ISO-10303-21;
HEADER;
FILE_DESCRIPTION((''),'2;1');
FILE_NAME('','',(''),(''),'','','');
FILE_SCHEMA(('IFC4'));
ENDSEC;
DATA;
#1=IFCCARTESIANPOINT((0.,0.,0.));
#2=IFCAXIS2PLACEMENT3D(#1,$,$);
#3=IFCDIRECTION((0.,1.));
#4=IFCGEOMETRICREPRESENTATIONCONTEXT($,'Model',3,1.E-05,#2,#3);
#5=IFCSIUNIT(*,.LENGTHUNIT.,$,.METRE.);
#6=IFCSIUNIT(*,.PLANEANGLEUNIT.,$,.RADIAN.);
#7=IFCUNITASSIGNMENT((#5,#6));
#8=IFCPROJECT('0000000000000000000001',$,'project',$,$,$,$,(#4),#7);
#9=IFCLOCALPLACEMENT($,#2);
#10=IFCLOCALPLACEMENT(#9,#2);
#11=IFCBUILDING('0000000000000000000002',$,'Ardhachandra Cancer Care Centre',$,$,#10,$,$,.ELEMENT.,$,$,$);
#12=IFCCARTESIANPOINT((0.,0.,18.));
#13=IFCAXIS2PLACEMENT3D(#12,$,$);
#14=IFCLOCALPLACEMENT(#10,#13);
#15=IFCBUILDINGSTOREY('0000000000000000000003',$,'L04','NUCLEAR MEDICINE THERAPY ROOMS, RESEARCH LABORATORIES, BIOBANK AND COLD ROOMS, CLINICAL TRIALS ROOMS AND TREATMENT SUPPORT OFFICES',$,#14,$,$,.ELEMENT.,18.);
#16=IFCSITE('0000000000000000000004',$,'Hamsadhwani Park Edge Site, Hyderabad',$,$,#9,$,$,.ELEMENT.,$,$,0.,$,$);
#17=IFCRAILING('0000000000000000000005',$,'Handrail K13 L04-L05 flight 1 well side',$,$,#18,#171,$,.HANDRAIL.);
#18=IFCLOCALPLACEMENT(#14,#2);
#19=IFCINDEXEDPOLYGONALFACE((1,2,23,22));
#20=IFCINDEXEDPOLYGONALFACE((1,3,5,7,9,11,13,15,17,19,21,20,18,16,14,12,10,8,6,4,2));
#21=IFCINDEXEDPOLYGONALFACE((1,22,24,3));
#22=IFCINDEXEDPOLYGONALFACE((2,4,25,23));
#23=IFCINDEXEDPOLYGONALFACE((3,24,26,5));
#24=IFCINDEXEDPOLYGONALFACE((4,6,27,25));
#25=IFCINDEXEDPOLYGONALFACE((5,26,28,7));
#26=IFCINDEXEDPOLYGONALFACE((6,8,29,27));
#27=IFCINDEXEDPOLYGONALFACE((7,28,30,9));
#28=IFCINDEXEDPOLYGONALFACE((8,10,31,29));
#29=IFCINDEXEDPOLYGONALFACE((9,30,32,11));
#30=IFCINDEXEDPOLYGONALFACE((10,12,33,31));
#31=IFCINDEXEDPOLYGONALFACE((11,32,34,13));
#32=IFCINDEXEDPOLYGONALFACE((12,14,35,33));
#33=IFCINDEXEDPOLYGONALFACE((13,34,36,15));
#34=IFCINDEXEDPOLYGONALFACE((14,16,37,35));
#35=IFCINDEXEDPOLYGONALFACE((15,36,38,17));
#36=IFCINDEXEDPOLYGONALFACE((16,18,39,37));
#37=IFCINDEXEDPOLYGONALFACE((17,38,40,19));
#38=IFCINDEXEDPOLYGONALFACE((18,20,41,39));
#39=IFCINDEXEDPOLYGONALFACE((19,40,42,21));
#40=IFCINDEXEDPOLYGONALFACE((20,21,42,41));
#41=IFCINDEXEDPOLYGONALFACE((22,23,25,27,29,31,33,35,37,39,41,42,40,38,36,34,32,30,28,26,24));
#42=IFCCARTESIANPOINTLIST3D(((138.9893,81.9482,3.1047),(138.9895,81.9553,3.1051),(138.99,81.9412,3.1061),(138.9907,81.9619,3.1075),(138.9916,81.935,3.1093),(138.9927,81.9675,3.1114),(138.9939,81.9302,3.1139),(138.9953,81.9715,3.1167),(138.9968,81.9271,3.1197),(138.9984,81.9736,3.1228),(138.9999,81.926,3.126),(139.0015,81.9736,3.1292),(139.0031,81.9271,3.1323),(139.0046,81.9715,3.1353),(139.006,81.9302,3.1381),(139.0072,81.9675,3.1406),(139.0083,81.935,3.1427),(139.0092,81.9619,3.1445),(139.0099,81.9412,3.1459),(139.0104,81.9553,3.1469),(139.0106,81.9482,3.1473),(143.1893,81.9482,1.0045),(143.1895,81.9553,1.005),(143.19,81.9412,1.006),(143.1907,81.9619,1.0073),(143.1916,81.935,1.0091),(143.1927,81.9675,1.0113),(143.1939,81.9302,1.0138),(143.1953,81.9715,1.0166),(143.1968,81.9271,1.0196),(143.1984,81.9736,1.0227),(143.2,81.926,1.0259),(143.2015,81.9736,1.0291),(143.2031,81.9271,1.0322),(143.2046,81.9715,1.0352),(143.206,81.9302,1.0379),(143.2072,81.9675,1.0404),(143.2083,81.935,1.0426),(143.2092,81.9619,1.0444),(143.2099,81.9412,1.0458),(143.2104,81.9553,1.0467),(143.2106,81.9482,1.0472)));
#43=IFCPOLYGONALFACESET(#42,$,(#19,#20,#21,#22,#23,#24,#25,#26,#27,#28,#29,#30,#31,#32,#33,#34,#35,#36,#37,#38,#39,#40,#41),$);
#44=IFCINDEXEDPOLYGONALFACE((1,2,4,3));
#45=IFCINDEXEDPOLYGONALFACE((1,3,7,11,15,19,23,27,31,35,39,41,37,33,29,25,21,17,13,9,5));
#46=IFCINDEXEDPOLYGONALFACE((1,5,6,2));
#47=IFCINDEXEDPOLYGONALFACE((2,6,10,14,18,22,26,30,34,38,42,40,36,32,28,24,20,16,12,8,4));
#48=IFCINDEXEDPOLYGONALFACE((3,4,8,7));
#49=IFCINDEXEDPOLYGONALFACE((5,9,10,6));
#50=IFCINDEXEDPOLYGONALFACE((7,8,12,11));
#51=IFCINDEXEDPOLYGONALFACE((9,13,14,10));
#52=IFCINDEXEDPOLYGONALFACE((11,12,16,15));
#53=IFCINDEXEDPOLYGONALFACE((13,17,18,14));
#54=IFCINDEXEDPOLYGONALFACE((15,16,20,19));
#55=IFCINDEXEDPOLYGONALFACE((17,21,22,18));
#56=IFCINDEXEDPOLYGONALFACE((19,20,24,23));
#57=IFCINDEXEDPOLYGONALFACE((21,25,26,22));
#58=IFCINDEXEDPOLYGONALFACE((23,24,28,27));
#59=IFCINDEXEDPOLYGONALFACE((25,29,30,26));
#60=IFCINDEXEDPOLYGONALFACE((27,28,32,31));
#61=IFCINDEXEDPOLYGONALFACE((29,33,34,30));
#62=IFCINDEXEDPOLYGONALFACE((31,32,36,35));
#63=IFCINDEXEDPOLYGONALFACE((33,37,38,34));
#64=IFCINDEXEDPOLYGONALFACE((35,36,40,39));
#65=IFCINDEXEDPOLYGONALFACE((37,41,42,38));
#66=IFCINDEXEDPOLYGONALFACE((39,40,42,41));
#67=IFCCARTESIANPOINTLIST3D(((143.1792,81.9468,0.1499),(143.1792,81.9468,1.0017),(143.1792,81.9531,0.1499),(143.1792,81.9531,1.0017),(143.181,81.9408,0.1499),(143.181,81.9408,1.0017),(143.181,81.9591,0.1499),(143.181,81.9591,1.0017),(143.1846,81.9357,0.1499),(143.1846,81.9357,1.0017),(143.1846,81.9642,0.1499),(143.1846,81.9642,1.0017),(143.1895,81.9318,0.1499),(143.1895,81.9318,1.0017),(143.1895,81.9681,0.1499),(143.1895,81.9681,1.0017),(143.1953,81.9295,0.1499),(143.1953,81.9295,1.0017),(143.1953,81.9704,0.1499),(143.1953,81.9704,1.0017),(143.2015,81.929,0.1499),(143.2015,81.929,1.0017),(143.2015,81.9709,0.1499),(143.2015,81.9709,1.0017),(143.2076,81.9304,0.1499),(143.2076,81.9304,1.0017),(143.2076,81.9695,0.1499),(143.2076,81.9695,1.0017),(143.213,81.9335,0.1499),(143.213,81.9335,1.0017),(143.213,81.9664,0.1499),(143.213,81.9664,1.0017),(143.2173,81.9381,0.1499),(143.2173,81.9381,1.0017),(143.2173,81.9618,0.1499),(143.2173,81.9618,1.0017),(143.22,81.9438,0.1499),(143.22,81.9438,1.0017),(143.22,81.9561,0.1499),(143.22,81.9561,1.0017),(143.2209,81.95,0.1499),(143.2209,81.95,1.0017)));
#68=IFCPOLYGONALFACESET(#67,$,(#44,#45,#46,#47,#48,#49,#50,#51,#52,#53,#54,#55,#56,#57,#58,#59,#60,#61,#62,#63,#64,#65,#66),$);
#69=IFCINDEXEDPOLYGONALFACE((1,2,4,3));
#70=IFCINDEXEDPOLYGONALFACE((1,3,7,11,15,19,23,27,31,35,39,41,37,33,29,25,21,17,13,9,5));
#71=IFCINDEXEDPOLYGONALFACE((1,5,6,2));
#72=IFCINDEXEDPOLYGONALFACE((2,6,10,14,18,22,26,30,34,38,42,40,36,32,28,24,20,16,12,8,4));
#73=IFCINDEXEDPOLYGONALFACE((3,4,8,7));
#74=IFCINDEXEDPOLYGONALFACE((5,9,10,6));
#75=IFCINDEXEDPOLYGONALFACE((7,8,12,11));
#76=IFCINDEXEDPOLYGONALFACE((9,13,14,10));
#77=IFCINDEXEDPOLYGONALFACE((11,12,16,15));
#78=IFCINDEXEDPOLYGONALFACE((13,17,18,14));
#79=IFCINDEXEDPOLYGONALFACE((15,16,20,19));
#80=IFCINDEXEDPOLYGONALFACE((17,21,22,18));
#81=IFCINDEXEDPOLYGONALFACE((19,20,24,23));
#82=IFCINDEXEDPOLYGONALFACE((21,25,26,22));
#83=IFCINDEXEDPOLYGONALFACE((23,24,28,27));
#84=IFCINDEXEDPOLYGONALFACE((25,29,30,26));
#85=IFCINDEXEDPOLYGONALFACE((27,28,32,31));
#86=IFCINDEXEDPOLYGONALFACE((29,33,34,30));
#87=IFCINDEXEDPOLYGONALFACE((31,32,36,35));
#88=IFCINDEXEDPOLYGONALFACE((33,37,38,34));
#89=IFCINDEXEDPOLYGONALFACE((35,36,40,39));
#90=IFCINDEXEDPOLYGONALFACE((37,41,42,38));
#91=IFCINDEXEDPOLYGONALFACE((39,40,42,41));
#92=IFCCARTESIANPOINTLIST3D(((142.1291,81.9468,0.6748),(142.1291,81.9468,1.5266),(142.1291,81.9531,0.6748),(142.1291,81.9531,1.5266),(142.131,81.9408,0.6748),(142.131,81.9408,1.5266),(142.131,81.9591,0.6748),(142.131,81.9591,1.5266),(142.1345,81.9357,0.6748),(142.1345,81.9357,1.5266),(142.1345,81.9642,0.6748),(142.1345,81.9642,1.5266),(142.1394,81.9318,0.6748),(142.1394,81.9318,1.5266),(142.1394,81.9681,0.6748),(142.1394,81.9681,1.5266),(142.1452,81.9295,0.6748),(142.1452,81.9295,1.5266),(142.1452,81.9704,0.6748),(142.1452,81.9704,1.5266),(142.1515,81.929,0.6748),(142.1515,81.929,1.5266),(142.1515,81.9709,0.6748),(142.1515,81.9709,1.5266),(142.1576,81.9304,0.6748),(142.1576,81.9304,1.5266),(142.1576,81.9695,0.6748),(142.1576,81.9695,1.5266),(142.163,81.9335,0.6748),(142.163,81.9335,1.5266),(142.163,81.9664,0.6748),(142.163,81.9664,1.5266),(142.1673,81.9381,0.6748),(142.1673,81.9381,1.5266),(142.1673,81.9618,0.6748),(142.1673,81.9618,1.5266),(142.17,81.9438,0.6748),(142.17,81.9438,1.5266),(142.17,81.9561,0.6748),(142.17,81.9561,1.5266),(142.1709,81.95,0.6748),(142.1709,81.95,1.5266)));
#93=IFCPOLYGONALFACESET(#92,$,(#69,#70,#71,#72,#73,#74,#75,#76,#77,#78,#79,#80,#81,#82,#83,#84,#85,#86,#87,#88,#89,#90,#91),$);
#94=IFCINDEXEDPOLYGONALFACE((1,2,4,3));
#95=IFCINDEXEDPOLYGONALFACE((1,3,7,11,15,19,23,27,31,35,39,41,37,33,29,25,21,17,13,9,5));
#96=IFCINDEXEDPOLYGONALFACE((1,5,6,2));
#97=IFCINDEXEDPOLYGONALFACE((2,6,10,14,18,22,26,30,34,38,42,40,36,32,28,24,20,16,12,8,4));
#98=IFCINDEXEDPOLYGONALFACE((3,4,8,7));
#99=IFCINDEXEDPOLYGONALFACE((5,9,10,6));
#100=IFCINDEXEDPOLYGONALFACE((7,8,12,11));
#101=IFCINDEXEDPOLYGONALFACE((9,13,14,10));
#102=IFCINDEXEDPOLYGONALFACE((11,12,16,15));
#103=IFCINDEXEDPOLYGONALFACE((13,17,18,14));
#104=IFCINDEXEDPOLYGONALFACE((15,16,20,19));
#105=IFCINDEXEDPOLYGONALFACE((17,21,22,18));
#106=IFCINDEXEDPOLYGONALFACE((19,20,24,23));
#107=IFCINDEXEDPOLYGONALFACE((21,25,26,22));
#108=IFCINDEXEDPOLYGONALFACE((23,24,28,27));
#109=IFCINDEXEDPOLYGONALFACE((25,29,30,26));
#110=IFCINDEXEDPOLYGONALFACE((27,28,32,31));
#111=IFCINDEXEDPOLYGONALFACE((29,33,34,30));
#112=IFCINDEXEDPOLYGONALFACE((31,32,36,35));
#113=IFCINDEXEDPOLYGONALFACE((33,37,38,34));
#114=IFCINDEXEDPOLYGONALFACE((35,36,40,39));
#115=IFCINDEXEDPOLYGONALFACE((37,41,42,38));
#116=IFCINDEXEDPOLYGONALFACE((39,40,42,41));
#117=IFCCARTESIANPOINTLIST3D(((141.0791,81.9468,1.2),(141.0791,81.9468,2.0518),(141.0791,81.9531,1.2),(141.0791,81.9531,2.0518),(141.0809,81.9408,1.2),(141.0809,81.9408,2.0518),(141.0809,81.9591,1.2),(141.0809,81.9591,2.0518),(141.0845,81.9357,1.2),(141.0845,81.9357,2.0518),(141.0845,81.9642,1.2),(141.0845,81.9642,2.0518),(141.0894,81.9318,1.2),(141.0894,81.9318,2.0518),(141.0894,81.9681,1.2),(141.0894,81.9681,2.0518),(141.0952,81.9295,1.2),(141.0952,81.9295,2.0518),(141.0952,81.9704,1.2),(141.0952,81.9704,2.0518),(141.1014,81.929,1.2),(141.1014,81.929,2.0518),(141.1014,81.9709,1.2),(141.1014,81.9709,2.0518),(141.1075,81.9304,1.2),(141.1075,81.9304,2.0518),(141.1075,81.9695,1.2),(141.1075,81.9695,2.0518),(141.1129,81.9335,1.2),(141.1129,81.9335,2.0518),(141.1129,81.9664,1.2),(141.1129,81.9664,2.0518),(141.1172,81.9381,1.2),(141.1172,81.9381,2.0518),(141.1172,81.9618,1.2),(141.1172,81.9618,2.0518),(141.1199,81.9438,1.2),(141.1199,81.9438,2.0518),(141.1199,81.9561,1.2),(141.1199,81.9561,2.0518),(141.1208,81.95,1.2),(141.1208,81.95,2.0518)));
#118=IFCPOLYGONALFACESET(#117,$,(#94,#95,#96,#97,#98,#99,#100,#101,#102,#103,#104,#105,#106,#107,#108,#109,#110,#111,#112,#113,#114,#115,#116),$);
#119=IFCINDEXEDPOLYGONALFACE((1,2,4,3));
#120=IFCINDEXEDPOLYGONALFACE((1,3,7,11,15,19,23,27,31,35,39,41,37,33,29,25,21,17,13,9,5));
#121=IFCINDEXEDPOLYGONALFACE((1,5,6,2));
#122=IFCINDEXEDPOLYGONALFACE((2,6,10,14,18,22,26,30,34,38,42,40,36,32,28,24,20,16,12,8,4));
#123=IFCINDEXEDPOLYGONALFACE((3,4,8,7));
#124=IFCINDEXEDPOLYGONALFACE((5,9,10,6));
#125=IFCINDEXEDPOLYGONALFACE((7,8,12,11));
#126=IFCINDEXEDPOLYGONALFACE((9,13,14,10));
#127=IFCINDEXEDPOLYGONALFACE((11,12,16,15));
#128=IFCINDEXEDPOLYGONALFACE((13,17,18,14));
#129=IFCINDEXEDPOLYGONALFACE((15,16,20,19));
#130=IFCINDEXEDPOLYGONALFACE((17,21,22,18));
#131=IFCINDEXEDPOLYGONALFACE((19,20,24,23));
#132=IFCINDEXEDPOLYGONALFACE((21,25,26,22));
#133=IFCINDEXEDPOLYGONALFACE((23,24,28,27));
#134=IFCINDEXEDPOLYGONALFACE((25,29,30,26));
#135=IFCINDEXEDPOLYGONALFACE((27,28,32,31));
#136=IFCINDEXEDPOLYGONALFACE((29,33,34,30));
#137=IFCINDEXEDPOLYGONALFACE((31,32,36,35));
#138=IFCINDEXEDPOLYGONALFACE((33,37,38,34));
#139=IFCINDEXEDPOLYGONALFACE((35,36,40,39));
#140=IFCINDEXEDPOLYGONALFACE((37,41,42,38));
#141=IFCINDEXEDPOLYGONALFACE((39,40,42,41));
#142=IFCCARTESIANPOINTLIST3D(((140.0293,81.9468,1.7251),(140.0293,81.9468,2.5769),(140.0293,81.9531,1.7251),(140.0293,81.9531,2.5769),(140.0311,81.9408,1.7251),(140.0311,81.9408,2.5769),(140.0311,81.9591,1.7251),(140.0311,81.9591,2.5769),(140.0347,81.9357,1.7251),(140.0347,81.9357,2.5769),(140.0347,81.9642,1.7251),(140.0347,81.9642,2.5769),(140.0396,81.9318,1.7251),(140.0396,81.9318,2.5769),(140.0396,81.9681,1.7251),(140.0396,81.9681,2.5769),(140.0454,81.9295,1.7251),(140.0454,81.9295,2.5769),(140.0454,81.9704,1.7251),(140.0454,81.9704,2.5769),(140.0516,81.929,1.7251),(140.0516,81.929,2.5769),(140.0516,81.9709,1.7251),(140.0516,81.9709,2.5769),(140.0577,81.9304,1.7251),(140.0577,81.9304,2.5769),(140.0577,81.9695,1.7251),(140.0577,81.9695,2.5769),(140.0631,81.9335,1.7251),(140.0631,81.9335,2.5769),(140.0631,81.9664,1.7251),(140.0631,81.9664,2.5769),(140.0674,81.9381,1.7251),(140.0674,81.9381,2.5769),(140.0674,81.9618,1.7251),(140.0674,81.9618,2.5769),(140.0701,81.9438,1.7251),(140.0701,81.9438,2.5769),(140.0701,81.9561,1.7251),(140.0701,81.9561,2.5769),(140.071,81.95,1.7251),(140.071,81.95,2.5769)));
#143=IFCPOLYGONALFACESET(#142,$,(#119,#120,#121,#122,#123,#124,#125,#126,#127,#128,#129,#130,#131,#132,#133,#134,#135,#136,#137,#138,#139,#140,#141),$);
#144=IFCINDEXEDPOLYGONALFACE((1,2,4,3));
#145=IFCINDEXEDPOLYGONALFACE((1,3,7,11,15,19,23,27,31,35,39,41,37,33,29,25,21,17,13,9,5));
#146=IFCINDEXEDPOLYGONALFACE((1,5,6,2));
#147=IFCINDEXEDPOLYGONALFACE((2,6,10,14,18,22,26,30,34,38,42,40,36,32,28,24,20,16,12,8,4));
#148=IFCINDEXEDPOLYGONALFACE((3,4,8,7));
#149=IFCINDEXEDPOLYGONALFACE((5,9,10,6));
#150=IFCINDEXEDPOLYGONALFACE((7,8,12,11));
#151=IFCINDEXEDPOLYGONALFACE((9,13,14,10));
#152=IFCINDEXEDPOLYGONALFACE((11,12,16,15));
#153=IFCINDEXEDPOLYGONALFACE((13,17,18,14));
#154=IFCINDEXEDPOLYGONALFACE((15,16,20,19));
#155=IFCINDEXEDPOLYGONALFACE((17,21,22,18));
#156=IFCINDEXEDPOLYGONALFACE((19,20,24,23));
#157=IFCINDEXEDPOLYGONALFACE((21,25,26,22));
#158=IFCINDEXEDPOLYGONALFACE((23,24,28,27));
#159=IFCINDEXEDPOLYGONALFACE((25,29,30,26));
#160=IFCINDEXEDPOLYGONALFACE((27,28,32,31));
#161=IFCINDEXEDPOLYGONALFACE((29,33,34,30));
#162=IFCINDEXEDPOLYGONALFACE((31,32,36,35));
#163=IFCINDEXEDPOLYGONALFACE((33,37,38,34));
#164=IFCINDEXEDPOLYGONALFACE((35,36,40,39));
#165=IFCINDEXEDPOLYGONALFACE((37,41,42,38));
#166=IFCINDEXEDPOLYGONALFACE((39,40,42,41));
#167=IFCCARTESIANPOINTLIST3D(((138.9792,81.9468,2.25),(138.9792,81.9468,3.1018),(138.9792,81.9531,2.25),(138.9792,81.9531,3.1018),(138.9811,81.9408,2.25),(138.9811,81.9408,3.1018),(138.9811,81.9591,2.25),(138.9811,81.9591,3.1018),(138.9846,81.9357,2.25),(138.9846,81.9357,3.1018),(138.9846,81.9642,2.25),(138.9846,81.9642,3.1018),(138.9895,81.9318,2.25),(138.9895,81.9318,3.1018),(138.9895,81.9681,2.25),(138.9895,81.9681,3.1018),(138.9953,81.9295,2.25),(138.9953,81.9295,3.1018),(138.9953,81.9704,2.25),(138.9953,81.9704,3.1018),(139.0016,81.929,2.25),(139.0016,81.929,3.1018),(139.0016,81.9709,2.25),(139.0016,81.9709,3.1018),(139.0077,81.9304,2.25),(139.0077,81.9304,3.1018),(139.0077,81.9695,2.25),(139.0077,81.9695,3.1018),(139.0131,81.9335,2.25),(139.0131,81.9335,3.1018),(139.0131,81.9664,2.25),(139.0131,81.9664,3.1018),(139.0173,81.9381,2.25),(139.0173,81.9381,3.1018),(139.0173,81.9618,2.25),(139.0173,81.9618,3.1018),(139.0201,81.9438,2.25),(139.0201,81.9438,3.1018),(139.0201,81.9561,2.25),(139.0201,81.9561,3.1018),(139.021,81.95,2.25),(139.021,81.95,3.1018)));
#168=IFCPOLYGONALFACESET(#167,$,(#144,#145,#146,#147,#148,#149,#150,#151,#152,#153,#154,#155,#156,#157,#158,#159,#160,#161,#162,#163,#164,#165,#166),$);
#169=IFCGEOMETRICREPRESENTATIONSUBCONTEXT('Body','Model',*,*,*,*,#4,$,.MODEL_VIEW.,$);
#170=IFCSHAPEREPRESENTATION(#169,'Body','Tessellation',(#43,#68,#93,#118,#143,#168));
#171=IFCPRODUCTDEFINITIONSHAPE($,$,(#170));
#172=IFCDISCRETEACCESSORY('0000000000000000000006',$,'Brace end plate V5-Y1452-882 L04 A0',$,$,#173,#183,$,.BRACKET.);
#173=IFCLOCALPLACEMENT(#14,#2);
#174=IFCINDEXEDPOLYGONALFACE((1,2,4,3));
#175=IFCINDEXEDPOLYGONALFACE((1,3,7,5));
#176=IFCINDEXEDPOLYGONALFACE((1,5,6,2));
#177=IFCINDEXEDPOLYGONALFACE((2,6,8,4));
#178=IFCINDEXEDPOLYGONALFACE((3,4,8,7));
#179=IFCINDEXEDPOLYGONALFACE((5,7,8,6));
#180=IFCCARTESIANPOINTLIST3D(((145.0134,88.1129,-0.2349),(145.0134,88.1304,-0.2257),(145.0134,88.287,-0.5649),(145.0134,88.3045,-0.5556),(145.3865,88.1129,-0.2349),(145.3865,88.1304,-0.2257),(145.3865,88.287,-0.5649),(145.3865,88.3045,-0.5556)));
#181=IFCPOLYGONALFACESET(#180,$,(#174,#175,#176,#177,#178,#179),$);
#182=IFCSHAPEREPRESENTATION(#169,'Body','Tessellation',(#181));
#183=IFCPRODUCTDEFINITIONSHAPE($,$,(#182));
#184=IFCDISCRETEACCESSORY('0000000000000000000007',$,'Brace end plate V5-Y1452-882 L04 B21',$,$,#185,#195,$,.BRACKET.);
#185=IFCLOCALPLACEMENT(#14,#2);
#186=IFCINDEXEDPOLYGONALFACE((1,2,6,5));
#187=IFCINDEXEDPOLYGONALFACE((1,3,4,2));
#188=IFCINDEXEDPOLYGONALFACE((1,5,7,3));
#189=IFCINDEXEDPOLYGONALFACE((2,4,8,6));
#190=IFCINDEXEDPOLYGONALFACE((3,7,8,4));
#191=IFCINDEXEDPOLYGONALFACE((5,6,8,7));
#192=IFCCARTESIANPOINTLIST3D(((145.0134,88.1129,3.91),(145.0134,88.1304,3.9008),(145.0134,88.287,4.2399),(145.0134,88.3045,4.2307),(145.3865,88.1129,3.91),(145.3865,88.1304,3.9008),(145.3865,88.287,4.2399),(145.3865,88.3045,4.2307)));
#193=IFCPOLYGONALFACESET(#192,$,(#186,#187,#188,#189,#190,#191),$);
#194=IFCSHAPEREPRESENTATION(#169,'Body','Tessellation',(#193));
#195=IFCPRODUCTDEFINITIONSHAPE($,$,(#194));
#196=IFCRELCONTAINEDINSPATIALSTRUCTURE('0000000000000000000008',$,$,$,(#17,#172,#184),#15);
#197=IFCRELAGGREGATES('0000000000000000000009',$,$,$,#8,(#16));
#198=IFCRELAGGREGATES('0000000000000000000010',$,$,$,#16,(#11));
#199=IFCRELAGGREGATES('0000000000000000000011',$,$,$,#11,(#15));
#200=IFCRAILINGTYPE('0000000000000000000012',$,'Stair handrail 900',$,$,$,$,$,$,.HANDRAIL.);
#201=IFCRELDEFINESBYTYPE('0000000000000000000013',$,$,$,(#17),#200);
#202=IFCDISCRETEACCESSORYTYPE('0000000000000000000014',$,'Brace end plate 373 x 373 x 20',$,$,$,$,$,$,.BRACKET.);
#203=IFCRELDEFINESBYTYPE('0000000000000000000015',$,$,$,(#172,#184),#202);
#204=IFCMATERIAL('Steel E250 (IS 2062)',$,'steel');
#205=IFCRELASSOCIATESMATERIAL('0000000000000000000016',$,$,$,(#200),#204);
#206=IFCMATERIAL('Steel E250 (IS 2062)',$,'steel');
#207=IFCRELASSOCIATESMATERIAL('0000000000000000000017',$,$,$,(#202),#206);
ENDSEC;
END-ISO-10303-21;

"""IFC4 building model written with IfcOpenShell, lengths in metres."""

from ifc_helpers import new_model, si_unit, direction, frame, origin, origin_2d, place, context, subcontext, project, spatial, rectangle, circle, extrude, material, material_profile, profile_set, type_object, element, save


model = new_model("IFC4")

# Units and contexts
model_context = context("Model", 3, precision=1e-05, world=origin(), true_north=direction((0.0, 1.0)))
body_context = subcontext(model_context, "Body", "Model", "MODEL_VIEW")
ifc_project = project(units=[si_unit("LENGTHUNIT", "METRE"), si_unit("PLANEANGLEUNIT", "RADIAN")], contexts=[model_context])

# Site, building, storey
site_placement = place(None, origin())
site = spatial("IfcSite", under=ifc_project, at=site_placement, Name="Hamsadhwani Park Edge Site, Hyderabad", CompositionType="ELEMENT", RefElevation=0.0)
building_placement = place(site_placement, origin())
building = spatial("IfcBuilding", under=site, at=building_placement, Name="Ardhachandra Cancer Care Centre", CompositionType="ELEMENT")
storey_placement = place(building_placement, frame((0.0, 0.0, 18.0)))
storey = spatial("IfcBuildingStorey", under=building, at=storey_placement, Name="L04", Description="NUCLEAR MEDICINE THERAPY ROOMS, RESEARCH LABORATORIES, BIOBANK AND COLD ROOMS, CLINICAL TRIALS ROOMS AND TREATMENT SUPPORT OFFICES", CompositionType="ELEMENT", Elevation=18.0)

# Railing
ifc_material_1 = material(Name="Steel E250 (IS 2062)", Category="steel")
railing_type_1 = type_object("IfcRailingType", Name="Stair handrail 900", PredefinedType="HANDRAIL", material=ifc_material_1)
for number, where, name in (
    (1, (143.2, 81.95, 0.1499), "Handrail K13 L04-L05 flight 1 well side"),
):
    element("IfcRailing", number, at=place(storey_placement, frame(where)), inside=storey, type_object=railing_type_1, Name=name, PredefinedType="HANDRAIL", context=body_context, shape_type="SweptSolid", body=[
        extrude(circle(Radius=0.0239, at=origin_2d()), frame((0.0, 0.0, 0.876), z_axis=(-0.894417, 0.0, 0.447234), x_axis=(0.0, -1.0, 0.0)), (0.0, 0.0, 1.0), 4.6958),
        extrude(circle(Radius=0.021, at=origin_2d()), origin(), (0.0, 0.0, 1.0), 0.8518),
        extrude(circle(Radius=0.021, at=origin_2d()), frame((-1.05, 0.0, 0.5249)), (0.0, 0.0, 1.0), 0.8518),
        extrude(circle(Radius=0.021, at=origin_2d()), frame((-2.1001, 0.0, 1.05)), (0.0, 0.0, 1.0), 0.8518),
        extrude(circle(Radius=0.021, at=origin_2d()), frame((-3.1499, 0.0, 1.5752)), (0.0, 0.0, 1.0), 0.8518),
        extrude(circle(Radius=0.021, at=origin_2d()), frame((-4.2, 0.0, 2.1001)), (0.0, 0.0, 1.0), 0.8518),
    ])

# Discrete accessories
ifc_material_2 = material(Name="Steel E250 (IS 2062)", Category="steel")
ifc_material_profile_1 = material_profile(ifc_material_2, rectangle(XDim=0.373, YDim=0.373, at=origin_2d()), Name="PL 373x373x20")
ifc_profile_set_1 = profile_set([ifc_material_profile_1], Name="Steel E250 (IS 2062)")
discrete_accessory_type = type_object("IfcDiscreteAccessoryType", Name="Brace end plate 373 x 373 x 20", PredefinedType="BRACKET", material=ifc_profile_set_1)
for number, where, z_axis, x_axis, name in (
    (2, (145.2, 88.2, -0.3999), (0.0, 0.884385, 0.466759), (-1.0, 0.0, 0.0), "Brace end plate V5-Y1452-882 L04 A0"),
    (3, (145.2, 88.2, 4.075), (0.0, 0.884385, -0.466759), (-1.0, 0.0, 0.0), "Brace end plate V5-Y1452-882 L04 B21"),
):
    element("IfcDiscreteAccessory", number, at=place(storey_placement, frame(where, z_axis=z_axis, x_axis=x_axis)), inside=storey, type_object=discrete_accessory_type, Name=name, PredefinedType="BRACKET", context=body_context, shape_type="SweptSolid", body=[
        extrude(rectangle(XDim=0.373, YDim=0.373, at=origin_2d()), origin(), (0.0, 0.0, 1.0), 0.0198),
    ])

save(model, "model.ifc")
